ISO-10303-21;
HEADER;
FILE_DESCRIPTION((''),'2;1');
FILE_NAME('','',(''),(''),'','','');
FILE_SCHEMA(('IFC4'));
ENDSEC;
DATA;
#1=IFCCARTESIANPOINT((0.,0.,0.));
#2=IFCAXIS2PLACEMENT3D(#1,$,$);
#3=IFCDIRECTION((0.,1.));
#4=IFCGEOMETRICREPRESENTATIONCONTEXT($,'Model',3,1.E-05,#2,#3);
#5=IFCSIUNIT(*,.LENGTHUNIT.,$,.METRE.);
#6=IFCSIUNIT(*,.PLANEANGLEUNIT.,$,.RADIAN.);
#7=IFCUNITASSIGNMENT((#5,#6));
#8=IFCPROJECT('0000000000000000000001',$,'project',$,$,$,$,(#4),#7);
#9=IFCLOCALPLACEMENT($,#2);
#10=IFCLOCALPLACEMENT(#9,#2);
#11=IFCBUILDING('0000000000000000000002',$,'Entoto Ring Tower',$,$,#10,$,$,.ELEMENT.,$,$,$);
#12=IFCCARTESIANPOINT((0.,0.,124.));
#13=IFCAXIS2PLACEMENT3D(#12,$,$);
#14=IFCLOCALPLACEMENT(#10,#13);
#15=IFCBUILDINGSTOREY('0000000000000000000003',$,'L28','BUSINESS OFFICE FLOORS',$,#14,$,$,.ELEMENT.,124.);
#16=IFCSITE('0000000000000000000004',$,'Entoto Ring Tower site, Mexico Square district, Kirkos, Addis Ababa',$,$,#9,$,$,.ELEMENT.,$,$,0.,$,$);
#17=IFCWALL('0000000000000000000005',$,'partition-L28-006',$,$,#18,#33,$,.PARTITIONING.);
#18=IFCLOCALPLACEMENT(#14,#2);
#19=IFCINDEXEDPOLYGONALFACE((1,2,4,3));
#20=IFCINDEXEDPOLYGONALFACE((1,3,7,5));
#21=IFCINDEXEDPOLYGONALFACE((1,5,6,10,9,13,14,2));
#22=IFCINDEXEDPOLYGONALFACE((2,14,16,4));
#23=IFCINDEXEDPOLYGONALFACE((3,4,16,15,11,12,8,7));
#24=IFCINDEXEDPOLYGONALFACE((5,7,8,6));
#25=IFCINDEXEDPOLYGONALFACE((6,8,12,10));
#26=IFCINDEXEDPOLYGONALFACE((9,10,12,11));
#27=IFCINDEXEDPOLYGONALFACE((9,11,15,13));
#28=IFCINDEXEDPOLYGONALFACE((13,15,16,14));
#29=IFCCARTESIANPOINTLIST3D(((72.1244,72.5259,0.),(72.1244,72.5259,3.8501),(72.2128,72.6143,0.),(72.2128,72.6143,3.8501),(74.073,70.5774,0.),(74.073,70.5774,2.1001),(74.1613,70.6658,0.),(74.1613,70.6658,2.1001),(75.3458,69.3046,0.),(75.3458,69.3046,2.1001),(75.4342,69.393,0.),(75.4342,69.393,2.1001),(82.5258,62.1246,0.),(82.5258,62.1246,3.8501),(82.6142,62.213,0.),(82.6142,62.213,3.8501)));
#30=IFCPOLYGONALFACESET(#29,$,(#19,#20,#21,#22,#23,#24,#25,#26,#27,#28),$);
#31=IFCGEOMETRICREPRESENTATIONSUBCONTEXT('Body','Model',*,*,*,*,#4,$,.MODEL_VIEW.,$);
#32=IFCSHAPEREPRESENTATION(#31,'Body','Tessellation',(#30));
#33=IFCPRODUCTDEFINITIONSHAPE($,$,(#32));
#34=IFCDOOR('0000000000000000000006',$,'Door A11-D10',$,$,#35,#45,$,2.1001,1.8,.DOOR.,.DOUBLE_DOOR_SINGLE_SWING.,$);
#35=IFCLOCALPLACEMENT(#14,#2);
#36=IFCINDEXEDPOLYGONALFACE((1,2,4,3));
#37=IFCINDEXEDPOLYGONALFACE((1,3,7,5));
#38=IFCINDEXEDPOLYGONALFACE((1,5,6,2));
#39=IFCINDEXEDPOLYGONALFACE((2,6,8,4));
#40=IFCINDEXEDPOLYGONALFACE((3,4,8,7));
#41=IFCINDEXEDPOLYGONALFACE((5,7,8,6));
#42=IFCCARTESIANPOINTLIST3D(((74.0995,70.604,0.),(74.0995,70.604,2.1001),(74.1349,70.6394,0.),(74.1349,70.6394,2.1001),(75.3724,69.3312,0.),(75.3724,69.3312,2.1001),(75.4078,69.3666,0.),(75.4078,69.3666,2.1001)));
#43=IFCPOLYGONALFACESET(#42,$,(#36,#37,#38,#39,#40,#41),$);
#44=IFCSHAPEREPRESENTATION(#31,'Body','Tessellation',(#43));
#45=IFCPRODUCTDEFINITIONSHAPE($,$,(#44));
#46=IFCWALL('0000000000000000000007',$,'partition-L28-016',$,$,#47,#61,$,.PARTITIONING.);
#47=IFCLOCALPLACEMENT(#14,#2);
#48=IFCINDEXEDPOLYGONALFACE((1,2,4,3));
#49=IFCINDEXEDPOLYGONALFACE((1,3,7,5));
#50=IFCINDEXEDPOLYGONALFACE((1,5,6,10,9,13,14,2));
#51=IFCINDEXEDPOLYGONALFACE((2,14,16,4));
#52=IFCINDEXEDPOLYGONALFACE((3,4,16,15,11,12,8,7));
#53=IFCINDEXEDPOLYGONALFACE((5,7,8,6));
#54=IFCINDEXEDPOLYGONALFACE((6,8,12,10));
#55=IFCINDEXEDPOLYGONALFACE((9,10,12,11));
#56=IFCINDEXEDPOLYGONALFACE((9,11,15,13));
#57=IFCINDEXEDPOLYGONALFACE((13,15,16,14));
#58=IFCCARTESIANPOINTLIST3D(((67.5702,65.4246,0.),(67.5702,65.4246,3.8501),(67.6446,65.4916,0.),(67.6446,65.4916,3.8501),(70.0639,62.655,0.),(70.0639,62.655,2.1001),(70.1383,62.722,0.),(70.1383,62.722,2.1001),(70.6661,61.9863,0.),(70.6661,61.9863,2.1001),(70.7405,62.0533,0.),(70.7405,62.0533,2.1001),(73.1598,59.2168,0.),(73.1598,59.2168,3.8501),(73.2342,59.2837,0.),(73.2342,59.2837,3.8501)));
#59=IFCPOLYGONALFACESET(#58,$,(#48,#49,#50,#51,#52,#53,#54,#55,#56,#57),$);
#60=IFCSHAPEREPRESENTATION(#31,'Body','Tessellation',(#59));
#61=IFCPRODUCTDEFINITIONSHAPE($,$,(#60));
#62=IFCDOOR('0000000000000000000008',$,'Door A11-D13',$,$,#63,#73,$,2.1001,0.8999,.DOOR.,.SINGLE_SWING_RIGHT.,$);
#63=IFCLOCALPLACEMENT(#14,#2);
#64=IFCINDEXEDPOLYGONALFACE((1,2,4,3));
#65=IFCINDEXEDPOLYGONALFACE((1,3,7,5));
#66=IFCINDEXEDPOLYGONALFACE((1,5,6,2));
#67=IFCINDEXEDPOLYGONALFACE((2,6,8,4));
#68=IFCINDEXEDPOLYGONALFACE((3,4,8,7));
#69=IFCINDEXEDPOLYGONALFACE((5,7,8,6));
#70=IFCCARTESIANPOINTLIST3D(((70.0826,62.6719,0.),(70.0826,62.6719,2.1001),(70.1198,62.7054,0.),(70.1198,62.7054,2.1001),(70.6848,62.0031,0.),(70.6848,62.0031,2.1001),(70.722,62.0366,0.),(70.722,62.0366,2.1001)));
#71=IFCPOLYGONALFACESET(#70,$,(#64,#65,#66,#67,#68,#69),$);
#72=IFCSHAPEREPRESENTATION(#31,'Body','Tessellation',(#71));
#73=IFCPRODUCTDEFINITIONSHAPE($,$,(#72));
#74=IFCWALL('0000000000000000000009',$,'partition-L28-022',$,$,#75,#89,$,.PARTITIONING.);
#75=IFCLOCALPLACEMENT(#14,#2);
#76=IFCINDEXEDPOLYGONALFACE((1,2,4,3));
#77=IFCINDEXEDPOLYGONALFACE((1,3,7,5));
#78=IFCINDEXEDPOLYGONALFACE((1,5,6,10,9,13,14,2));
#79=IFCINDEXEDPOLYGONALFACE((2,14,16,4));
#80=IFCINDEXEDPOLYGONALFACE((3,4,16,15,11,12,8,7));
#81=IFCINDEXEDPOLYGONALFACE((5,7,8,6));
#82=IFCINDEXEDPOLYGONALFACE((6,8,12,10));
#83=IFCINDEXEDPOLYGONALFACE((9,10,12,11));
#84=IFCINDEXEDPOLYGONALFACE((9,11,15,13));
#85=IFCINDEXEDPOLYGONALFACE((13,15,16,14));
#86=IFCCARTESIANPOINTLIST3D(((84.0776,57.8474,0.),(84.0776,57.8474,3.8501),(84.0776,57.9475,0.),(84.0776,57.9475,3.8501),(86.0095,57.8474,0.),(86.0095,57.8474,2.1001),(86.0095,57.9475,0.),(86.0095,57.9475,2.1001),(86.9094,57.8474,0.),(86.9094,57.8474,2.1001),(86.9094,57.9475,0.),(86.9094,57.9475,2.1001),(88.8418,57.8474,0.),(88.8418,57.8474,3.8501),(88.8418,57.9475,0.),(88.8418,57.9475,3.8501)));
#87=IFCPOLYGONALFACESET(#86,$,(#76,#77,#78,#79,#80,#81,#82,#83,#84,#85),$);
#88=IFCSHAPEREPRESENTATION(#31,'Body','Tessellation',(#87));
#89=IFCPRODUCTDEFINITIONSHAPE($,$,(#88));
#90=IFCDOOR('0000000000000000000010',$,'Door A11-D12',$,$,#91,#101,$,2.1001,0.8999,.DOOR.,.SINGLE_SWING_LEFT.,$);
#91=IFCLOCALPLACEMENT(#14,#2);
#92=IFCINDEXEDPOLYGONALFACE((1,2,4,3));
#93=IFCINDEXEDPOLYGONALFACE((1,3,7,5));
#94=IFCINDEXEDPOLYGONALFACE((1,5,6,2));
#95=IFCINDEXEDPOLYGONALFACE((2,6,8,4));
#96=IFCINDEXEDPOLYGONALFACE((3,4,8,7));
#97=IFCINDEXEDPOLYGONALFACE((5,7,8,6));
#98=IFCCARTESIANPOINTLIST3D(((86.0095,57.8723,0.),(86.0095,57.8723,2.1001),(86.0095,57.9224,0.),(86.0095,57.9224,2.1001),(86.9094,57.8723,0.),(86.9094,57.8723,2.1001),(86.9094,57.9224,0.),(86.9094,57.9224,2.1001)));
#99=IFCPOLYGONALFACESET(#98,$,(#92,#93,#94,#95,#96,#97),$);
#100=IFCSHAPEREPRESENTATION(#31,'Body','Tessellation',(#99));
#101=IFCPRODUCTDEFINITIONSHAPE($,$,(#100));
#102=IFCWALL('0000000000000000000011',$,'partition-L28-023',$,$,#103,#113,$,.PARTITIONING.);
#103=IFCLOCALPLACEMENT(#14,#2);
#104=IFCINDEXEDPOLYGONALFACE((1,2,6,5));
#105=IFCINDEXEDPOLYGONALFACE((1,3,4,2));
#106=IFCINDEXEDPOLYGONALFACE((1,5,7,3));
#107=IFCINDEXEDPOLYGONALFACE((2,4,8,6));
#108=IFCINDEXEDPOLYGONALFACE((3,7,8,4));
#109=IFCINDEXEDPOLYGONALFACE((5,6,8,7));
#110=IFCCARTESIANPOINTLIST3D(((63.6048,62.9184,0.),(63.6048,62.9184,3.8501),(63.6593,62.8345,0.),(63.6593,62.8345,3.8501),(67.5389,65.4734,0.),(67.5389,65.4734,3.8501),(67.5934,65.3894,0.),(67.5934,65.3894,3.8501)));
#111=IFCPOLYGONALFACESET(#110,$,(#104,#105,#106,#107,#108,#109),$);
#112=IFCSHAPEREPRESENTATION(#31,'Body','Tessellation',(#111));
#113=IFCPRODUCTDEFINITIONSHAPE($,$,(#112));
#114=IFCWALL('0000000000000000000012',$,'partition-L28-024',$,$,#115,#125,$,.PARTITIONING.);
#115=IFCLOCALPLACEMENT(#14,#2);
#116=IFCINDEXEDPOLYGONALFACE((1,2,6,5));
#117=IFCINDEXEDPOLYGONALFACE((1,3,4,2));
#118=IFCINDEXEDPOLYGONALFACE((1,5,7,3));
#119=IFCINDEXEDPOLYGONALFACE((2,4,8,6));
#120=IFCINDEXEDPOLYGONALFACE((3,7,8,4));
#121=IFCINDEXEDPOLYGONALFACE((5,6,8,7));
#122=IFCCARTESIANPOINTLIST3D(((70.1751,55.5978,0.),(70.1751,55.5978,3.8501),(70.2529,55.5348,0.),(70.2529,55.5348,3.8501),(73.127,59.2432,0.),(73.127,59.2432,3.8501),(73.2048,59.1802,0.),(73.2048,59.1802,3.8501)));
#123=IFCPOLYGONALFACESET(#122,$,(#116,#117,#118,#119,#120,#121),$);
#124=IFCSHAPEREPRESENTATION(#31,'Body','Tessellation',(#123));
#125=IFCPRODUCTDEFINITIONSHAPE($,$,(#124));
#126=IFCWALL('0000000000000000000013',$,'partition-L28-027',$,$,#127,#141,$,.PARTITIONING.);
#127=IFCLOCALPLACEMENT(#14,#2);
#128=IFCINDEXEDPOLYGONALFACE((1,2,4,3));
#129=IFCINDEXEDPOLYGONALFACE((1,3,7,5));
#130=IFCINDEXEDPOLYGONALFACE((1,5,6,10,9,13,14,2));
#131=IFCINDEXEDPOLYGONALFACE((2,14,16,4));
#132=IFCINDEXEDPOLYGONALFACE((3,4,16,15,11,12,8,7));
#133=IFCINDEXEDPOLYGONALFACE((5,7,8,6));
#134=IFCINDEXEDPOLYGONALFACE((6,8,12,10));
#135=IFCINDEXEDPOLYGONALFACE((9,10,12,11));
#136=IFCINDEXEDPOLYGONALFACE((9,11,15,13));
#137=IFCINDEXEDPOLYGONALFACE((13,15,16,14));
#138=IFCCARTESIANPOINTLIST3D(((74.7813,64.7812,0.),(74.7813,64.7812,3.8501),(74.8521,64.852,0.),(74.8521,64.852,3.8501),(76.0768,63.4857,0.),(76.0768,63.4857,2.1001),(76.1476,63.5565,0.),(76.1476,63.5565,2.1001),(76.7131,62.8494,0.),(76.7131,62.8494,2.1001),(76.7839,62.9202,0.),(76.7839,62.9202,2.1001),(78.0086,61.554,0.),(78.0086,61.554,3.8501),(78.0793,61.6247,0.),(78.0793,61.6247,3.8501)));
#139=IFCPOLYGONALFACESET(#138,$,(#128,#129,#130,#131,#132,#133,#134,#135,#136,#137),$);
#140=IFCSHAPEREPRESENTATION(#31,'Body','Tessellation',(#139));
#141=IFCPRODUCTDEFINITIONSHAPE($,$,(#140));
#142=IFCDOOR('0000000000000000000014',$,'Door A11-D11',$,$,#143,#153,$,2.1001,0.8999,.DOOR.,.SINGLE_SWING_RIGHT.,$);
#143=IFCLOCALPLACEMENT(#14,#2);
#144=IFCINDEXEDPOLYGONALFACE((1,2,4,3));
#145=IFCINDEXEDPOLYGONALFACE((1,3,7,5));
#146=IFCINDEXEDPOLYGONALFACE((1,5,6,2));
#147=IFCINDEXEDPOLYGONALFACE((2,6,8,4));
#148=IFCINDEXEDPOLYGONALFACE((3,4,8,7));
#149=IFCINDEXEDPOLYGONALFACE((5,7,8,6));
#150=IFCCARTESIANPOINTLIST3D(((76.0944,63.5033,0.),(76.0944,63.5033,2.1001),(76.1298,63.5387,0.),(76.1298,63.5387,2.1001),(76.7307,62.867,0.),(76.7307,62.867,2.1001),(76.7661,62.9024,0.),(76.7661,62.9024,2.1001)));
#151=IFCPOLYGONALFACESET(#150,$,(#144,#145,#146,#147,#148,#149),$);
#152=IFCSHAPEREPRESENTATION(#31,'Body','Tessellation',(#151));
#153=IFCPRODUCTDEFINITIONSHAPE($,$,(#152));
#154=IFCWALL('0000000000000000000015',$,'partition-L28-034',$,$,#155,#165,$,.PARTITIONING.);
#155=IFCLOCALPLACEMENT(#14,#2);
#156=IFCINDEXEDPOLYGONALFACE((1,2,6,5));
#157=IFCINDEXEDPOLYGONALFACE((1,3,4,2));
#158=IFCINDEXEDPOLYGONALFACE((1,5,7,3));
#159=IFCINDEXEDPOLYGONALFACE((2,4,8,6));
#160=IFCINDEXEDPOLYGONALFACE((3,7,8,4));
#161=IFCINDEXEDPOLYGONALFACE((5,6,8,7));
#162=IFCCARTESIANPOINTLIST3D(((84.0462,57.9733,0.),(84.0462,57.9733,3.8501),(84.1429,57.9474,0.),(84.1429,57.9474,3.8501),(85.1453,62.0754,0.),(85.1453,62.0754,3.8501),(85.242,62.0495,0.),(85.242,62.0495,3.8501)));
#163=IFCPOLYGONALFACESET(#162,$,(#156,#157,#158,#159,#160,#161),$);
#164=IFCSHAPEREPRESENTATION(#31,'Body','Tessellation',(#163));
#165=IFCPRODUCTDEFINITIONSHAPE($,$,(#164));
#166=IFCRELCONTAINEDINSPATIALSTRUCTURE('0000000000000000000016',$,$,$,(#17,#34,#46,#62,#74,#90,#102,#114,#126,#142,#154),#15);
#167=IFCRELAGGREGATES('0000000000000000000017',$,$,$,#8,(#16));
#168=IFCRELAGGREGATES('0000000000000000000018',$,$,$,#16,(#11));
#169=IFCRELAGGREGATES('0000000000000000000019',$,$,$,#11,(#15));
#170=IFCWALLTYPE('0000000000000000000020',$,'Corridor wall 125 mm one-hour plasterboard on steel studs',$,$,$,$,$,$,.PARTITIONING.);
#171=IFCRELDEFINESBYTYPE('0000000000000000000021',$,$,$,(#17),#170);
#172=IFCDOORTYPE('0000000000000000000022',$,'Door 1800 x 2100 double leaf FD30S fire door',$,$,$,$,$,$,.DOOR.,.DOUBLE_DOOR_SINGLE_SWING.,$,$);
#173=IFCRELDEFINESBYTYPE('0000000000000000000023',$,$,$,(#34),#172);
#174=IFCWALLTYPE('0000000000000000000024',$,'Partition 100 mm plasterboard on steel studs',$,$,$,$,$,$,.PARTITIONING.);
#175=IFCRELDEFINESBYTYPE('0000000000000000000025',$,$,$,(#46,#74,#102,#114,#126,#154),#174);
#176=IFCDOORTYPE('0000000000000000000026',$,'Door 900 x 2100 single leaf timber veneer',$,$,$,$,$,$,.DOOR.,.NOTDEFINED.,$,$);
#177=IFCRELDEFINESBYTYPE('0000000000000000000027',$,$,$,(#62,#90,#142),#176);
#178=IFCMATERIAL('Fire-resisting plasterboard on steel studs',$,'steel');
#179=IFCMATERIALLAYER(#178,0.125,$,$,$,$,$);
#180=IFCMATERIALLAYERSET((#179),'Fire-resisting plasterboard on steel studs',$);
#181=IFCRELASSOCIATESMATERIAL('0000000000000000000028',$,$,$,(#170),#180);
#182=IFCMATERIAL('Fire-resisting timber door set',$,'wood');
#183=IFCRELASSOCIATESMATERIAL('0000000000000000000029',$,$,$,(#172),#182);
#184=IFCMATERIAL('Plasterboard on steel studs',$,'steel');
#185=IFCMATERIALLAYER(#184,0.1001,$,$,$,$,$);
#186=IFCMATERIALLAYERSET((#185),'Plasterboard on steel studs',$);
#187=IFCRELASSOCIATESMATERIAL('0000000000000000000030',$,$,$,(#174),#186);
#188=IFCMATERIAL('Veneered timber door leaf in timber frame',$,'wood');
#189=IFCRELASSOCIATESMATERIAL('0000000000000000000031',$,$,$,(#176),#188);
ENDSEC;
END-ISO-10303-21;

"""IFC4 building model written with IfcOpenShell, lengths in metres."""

from ifc_helpers import new_model, si_unit, direction, frame, frame_2d, origin, place, context, subcontext, project, spatial, rectangle, extrude, material, layer, layer_set, type_object, element, fill, save


model = new_model("IFC4")

# Units and contexts
model_context = context("Model", 3, precision=1e-05, world=origin(), true_north=direction((0.0, 1.0)))
body_context = subcontext(model_context, "Body", "Model", "MODEL_VIEW")
ifc_project = project(units=[si_unit("LENGTHUNIT", "METRE"), si_unit("PLANEANGLEUNIT", "RADIAN")], contexts=[model_context])

# Site, building, storey
site_placement = place(None, origin())
site = spatial("IfcSite", under=ifc_project, at=site_placement, Name="Entoto Ring Tower site, Mexico Square district, Kirkos, Addis Ababa", CompositionType="ELEMENT", RefElevation=0.0)
building_placement = place(site_placement, origin())
building = spatial("IfcBuilding", under=site, at=building_placement, Name="Entoto Ring Tower", CompositionType="ELEMENT")
storey_placement = place(building_placement, frame((0.0, 0.0, 124.0)))
storey = spatial("IfcBuildingStorey", under=building, at=storey_placement, Name="L28", Description="BUSINESS OFFICE FLOORS", CompositionType="ELEMENT", Elevation=124.0)

# Shared definitions
ifc_material_1 = material(Name="Fire-resisting plasterboard on steel studs", Category="steel")
ifc_layer_1 = layer(ifc_material_1, 0.125)
ifc_layer_set_1 = layer_set([ifc_layer_1], Name="Fire-resisting plasterboard on steel studs")
wall_type_1 = type_object("IfcWallType", Name="Corridor wall 125 mm one-hour plasterboard on steel studs", PredefinedType="PARTITIONING", material=ifc_layer_set_1)

# Walls, openings, doors
wall_1_placement = place(storey_placement, frame((82.5701, 62.1687, 0.0), z_axis=(0.0, 0.0, 1.0), x_axis=(-0.707107, 0.707107, 0.0)))
wall_1 = element("IfcWall", 1, at=wall_1_placement, inside=storey, type_object=wall_type_1, Name="partition-L28-006", PredefinedType="PARTITIONING", context=body_context, shape_type="SweptSolid", body=[
    extrude(rectangle(XDim=14.7097, YDim=0.125, at=frame_2d((7.355, 0.0))), origin(), (0.0, 0.0, 1.0), 3.8501),
])
opening_1_placement = place(wall_1_placement, frame((10.1543, 0.0, 0.0)))
opening_1 = element("IfcOpeningElement", 2, at=opening_1_placement, cuts=wall_1, PredefinedType="OPENING", context=body_context, shape_type="SweptSolid", body=[
    extrude(rectangle(XDim=1.8, YDim=2.1001, at=frame_2d((0.8999, 1.05))), frame((0.0, 0.0725, 0.0), z_axis=(0.0, -1.0, 0.0), x_axis=(1.0, 0.0, 0.0)), (0.0, 0.0, 1.0), 0.145),
])
ifc_material_2 = material(Name="Fire-resisting timber door set", Category="wood")
door_type_1 = type_object("IfcDoorType", Name="Door 1800 x 2100 double leaf FD30S fire door", OperationType="DOUBLE_DOOR_SINGLE_SWING", PredefinedType="DOOR", material=ifc_material_2)
door_1_placement = place(opening_1_placement, origin())
door_1 = element("IfcDoor", 3, at=door_1_placement, inside=storey, type_object=door_type_1, Name="Door A11-D10", OperationType="DOUBLE_DOOR_SINGLE_SWING", OverallHeight=2.1001, OverallWidth=1.8, PredefinedType="DOOR", context=body_context, shape_type="SweptSolid", body=[
    extrude(rectangle(XDim=1.8, YDim=2.1001, at=frame_2d((0.8999, 1.05))), frame((0.0, 0.0249, 0.0), z_axis=(0.0, -1.0, 0.0), x_axis=(1.0, 0.0, 0.0)), (0.0, 0.0, 1.0), 0.05),
])
fill(opening_1, door_1)
ifc_material_3 = material(Name="Plasterboard on steel studs", Category="steel")
ifc_layer_2 = layer(ifc_material_3, 0.1001)
ifc_layer_set_2 = layer_set([ifc_layer_2], Name="Plasterboard on steel studs")
wall_type_2 = type_object("IfcWallType", Name="Partition 100 mm plasterboard on steel studs", PredefinedType="PARTITIONING", material=ifc_layer_set_2)
wall_2_placement = place(storey_placement, frame((73.197, 59.2502, 0.0), z_axis=(0.0, 0.0, 1.0), x_axis=(-0.669137, 0.743139, 0.0)))
wall_2 = element("IfcWall", 4, at=wall_2_placement, inside=storey, type_object=wall_type_2, Name="partition-L28-016", PredefinedType="PARTITIONING", context=body_context, shape_type="SweptSolid", body=[
    extrude(rectangle(XDim=8.3535, YDim=0.1001, at=frame_2d((4.1768, 0.0))), origin(), (0.0, 0.0, 1.0), 3.8501),
])
opening_2_placement = place(wall_2_placement, frame((3.7268, 0.0, 0.0)))
opening_2 = element("IfcOpeningElement", 5, at=opening_2_placement, cuts=wall_2, PredefinedType="OPENING", context=body_context, shape_type="SweptSolid", body=[
    extrude(rectangle(XDim=0.8999, YDim=2.1001, at=frame_2d((0.45, 1.05))), frame((0.0, 0.0601, 0.0), z_axis=(0.0, -1.0, 0.0), x_axis=(1.0, 0.0, 0.0)), (0.0, 0.0, 1.0), 0.1201),
])
ifc_material_4 = material(Name="Veneered timber door leaf in timber frame", Category="wood")
door_type_2 = type_object("IfcDoorType", Name="Door 900 x 2100 single leaf timber veneer", OperationType="NOTDEFINED", PredefinedType="DOOR", material=ifc_material_4)
door_2_placement = place(opening_2_placement, origin())
door_2 = element("IfcDoor", 6, at=door_2_placement, inside=storey, type_object=door_type_2, Name="Door A11-D13", OperationType="SINGLE_SWING_RIGHT", OverallHeight=2.1001, OverallWidth=0.8999, PredefinedType="DOOR", context=body_context, shape_type="SweptSolid", body=[
    extrude(rectangle(XDim=0.8999, YDim=2.1001, at=frame_2d((0.45, 1.05))), frame((0.0, 0.0249, 0.0), z_axis=(0.0, -1.0, 0.0), x_axis=(1.0, 0.0, 0.0)), (0.0, 0.0, 1.0), 0.05),
])
fill(opening_2, door_2)
wall_3_placement = place(storey_placement, frame((84.0776, 57.8975, 0.0), z_axis=(0.0, 0.0, 1.0), x_axis=(1.0, 0.0, 0.0)))
wall_3 = element("IfcWall", 7, at=wall_3_placement, inside=storey, type_object=wall_type_2, Name="partition-L28-022", PredefinedType="PARTITIONING", context=body_context, shape_type="SweptSolid", body=[
    extrude(rectangle(XDim=4.7642, YDim=0.1001, at=frame_2d((2.3821, 0.0))), origin(), (0.0, 0.0, 1.0), 3.8501),
])
opening_3_placement = place(wall_3_placement, frame((1.9319, 0.0, 0.0)))
opening_3 = element("IfcOpeningElement", 8, at=opening_3_placement, cuts=wall_3, PredefinedType="OPENING", context=body_context, shape_type="SweptSolid", body=[
    extrude(rectangle(XDim=0.8999, YDim=2.1001, at=frame_2d((0.45, 1.05))), frame((0.0, 0.0601, 0.0), z_axis=(0.0, -1.0, 0.0), x_axis=(1.0, 0.0, 0.0)), (0.0, 0.0, 1.0), 0.1201),
])
door_3_placement = place(opening_3_placement, origin())
door_3 = element("IfcDoor", 9, at=door_3_placement, inside=storey, type_object=door_type_2, Name="Door A11-D12", OperationType="SINGLE_SWING_LEFT", OverallHeight=2.1001, OverallWidth=0.8999, PredefinedType="DOOR", context=body_context, shape_type="SweptSolid", body=[
    extrude(rectangle(XDim=0.8999, YDim=2.1001, at=frame_2d((0.45, 1.05))), frame((0.0, 0.0249, 0.0), z_axis=(0.0, -1.0, 0.0), x_axis=(1.0, 0.0, 0.0)), (0.0, 0.0, 1.0), 0.05),
])
fill(opening_3, door_3)

# Walls
wall_4_placement = place(storey_placement, frame((63.6321, 62.8765, 0.0), z_axis=(0.0, 0.0, 1.0), x_axis=(0.83866, 0.544655, 0.0)))
element("IfcWall", 10, at=wall_4_placement, inside=storey, type_object=wall_type_2, Name="partition-L28-023", PredefinedType="PARTITIONING", context=body_context, shape_type="SweptSolid", body=[
    extrude(rectangle(XDim=4.6909, YDim=0.1001, at=frame_2d((2.3455, 0.0))), origin(), (0.0, 0.0, 1.0), 3.8501),
])
wall_5_placement = place(storey_placement, frame((70.2141, 55.5664, 0.0), z_axis=(0.0, 0.0, 1.0), x_axis=(0.629299, 0.777164, 0.0)))
element("IfcWall", 11, at=wall_5_placement, inside=storey, type_object=wall_type_2, Name="partition-L28-024", PredefinedType="PARTITIONING", context=body_context, shape_type="SweptSolid", body=[
    extrude(rectangle(XDim=4.6907, YDim=0.1001, at=frame_2d((2.3452, 0.0))), origin(), (0.0, 0.0, 1.0), 3.8501),
])

# Wall, opening, door
wall_6_placement = place(storey_placement, frame((78.0439, 61.5894, 0.0), z_axis=(0.0, 0.0, 1.0), x_axis=(-0.707107, 0.707107, 0.0)))
wall_6 = element("IfcWall", 12, at=wall_6_placement, inside=storey, type_object=wall_type_2, Name="partition-L28-027", PredefinedType="PARTITIONING", context=body_context, shape_type="SweptSolid", body=[
    extrude(rectangle(XDim=4.564, YDim=0.1001, at=frame_2d((2.282, 0.0))), origin(), (0.0, 0.0, 1.0), 3.8501),
])
opening_4_placement = place(wall_6_placement, frame((1.832, 0.0, 0.0)))
opening_4 = element("IfcOpeningElement", 13, at=opening_4_placement, cuts=wall_6, PredefinedType="OPENING", context=body_context, shape_type="SweptSolid", body=[
    extrude(rectangle(XDim=0.8999, YDim=2.1001, at=frame_2d((0.45, 1.05))), frame((0.0, 0.0601, 0.0), z_axis=(0.0, -1.0, 0.0), x_axis=(1.0, 0.0, 0.0)), (0.0, 0.0, 1.0), 0.1201),
])
door_4_placement = place(opening_4_placement, frame((0.8999, 0.0, 0.0), z_axis=(0.0, 0.0, 1.0), x_axis=(-1.0, 0.0, 0.0)))
door_4 = element("IfcDoor", 14, at=door_4_placement, inside=storey, type_object=door_type_2, Name="Door A11-D11", OperationType="SINGLE_SWING_RIGHT", OverallHeight=2.1001, OverallWidth=0.8999, PredefinedType="DOOR", context=body_context, shape_type="SweptSolid", body=[
    extrude(rectangle(XDim=0.8999, YDim=2.1001, at=frame_2d((0.45, 1.05))), frame((0.0, 0.0249, 0.0), z_axis=(0.0, -1.0, 0.0), x_axis=(1.0, 0.0, 0.0)), (0.0, 0.0, 1.0), 0.05),
])
fill(opening_4, door_4)

# Wall
wall_7_placement = place(storey_placement, frame((84.0945, 57.9602, 0.0), z_axis=(0.0, 0.0, 1.0), x_axis=(0.258815, 0.965927, 0.0)))
element("IfcWall", 15, at=wall_7_placement, inside=storey, type_object=wall_type_2, Name="partition-L28-034", PredefinedType="PARTITIONING", context=body_context, shape_type="SweptSolid", body=[
    extrude(rectangle(XDim=4.2468, YDim=0.1001, at=frame_2d((2.1235, 0.0))), origin(), (0.0, 0.0, 1.0), 3.8501),
])

save(model, "model.ifc")
